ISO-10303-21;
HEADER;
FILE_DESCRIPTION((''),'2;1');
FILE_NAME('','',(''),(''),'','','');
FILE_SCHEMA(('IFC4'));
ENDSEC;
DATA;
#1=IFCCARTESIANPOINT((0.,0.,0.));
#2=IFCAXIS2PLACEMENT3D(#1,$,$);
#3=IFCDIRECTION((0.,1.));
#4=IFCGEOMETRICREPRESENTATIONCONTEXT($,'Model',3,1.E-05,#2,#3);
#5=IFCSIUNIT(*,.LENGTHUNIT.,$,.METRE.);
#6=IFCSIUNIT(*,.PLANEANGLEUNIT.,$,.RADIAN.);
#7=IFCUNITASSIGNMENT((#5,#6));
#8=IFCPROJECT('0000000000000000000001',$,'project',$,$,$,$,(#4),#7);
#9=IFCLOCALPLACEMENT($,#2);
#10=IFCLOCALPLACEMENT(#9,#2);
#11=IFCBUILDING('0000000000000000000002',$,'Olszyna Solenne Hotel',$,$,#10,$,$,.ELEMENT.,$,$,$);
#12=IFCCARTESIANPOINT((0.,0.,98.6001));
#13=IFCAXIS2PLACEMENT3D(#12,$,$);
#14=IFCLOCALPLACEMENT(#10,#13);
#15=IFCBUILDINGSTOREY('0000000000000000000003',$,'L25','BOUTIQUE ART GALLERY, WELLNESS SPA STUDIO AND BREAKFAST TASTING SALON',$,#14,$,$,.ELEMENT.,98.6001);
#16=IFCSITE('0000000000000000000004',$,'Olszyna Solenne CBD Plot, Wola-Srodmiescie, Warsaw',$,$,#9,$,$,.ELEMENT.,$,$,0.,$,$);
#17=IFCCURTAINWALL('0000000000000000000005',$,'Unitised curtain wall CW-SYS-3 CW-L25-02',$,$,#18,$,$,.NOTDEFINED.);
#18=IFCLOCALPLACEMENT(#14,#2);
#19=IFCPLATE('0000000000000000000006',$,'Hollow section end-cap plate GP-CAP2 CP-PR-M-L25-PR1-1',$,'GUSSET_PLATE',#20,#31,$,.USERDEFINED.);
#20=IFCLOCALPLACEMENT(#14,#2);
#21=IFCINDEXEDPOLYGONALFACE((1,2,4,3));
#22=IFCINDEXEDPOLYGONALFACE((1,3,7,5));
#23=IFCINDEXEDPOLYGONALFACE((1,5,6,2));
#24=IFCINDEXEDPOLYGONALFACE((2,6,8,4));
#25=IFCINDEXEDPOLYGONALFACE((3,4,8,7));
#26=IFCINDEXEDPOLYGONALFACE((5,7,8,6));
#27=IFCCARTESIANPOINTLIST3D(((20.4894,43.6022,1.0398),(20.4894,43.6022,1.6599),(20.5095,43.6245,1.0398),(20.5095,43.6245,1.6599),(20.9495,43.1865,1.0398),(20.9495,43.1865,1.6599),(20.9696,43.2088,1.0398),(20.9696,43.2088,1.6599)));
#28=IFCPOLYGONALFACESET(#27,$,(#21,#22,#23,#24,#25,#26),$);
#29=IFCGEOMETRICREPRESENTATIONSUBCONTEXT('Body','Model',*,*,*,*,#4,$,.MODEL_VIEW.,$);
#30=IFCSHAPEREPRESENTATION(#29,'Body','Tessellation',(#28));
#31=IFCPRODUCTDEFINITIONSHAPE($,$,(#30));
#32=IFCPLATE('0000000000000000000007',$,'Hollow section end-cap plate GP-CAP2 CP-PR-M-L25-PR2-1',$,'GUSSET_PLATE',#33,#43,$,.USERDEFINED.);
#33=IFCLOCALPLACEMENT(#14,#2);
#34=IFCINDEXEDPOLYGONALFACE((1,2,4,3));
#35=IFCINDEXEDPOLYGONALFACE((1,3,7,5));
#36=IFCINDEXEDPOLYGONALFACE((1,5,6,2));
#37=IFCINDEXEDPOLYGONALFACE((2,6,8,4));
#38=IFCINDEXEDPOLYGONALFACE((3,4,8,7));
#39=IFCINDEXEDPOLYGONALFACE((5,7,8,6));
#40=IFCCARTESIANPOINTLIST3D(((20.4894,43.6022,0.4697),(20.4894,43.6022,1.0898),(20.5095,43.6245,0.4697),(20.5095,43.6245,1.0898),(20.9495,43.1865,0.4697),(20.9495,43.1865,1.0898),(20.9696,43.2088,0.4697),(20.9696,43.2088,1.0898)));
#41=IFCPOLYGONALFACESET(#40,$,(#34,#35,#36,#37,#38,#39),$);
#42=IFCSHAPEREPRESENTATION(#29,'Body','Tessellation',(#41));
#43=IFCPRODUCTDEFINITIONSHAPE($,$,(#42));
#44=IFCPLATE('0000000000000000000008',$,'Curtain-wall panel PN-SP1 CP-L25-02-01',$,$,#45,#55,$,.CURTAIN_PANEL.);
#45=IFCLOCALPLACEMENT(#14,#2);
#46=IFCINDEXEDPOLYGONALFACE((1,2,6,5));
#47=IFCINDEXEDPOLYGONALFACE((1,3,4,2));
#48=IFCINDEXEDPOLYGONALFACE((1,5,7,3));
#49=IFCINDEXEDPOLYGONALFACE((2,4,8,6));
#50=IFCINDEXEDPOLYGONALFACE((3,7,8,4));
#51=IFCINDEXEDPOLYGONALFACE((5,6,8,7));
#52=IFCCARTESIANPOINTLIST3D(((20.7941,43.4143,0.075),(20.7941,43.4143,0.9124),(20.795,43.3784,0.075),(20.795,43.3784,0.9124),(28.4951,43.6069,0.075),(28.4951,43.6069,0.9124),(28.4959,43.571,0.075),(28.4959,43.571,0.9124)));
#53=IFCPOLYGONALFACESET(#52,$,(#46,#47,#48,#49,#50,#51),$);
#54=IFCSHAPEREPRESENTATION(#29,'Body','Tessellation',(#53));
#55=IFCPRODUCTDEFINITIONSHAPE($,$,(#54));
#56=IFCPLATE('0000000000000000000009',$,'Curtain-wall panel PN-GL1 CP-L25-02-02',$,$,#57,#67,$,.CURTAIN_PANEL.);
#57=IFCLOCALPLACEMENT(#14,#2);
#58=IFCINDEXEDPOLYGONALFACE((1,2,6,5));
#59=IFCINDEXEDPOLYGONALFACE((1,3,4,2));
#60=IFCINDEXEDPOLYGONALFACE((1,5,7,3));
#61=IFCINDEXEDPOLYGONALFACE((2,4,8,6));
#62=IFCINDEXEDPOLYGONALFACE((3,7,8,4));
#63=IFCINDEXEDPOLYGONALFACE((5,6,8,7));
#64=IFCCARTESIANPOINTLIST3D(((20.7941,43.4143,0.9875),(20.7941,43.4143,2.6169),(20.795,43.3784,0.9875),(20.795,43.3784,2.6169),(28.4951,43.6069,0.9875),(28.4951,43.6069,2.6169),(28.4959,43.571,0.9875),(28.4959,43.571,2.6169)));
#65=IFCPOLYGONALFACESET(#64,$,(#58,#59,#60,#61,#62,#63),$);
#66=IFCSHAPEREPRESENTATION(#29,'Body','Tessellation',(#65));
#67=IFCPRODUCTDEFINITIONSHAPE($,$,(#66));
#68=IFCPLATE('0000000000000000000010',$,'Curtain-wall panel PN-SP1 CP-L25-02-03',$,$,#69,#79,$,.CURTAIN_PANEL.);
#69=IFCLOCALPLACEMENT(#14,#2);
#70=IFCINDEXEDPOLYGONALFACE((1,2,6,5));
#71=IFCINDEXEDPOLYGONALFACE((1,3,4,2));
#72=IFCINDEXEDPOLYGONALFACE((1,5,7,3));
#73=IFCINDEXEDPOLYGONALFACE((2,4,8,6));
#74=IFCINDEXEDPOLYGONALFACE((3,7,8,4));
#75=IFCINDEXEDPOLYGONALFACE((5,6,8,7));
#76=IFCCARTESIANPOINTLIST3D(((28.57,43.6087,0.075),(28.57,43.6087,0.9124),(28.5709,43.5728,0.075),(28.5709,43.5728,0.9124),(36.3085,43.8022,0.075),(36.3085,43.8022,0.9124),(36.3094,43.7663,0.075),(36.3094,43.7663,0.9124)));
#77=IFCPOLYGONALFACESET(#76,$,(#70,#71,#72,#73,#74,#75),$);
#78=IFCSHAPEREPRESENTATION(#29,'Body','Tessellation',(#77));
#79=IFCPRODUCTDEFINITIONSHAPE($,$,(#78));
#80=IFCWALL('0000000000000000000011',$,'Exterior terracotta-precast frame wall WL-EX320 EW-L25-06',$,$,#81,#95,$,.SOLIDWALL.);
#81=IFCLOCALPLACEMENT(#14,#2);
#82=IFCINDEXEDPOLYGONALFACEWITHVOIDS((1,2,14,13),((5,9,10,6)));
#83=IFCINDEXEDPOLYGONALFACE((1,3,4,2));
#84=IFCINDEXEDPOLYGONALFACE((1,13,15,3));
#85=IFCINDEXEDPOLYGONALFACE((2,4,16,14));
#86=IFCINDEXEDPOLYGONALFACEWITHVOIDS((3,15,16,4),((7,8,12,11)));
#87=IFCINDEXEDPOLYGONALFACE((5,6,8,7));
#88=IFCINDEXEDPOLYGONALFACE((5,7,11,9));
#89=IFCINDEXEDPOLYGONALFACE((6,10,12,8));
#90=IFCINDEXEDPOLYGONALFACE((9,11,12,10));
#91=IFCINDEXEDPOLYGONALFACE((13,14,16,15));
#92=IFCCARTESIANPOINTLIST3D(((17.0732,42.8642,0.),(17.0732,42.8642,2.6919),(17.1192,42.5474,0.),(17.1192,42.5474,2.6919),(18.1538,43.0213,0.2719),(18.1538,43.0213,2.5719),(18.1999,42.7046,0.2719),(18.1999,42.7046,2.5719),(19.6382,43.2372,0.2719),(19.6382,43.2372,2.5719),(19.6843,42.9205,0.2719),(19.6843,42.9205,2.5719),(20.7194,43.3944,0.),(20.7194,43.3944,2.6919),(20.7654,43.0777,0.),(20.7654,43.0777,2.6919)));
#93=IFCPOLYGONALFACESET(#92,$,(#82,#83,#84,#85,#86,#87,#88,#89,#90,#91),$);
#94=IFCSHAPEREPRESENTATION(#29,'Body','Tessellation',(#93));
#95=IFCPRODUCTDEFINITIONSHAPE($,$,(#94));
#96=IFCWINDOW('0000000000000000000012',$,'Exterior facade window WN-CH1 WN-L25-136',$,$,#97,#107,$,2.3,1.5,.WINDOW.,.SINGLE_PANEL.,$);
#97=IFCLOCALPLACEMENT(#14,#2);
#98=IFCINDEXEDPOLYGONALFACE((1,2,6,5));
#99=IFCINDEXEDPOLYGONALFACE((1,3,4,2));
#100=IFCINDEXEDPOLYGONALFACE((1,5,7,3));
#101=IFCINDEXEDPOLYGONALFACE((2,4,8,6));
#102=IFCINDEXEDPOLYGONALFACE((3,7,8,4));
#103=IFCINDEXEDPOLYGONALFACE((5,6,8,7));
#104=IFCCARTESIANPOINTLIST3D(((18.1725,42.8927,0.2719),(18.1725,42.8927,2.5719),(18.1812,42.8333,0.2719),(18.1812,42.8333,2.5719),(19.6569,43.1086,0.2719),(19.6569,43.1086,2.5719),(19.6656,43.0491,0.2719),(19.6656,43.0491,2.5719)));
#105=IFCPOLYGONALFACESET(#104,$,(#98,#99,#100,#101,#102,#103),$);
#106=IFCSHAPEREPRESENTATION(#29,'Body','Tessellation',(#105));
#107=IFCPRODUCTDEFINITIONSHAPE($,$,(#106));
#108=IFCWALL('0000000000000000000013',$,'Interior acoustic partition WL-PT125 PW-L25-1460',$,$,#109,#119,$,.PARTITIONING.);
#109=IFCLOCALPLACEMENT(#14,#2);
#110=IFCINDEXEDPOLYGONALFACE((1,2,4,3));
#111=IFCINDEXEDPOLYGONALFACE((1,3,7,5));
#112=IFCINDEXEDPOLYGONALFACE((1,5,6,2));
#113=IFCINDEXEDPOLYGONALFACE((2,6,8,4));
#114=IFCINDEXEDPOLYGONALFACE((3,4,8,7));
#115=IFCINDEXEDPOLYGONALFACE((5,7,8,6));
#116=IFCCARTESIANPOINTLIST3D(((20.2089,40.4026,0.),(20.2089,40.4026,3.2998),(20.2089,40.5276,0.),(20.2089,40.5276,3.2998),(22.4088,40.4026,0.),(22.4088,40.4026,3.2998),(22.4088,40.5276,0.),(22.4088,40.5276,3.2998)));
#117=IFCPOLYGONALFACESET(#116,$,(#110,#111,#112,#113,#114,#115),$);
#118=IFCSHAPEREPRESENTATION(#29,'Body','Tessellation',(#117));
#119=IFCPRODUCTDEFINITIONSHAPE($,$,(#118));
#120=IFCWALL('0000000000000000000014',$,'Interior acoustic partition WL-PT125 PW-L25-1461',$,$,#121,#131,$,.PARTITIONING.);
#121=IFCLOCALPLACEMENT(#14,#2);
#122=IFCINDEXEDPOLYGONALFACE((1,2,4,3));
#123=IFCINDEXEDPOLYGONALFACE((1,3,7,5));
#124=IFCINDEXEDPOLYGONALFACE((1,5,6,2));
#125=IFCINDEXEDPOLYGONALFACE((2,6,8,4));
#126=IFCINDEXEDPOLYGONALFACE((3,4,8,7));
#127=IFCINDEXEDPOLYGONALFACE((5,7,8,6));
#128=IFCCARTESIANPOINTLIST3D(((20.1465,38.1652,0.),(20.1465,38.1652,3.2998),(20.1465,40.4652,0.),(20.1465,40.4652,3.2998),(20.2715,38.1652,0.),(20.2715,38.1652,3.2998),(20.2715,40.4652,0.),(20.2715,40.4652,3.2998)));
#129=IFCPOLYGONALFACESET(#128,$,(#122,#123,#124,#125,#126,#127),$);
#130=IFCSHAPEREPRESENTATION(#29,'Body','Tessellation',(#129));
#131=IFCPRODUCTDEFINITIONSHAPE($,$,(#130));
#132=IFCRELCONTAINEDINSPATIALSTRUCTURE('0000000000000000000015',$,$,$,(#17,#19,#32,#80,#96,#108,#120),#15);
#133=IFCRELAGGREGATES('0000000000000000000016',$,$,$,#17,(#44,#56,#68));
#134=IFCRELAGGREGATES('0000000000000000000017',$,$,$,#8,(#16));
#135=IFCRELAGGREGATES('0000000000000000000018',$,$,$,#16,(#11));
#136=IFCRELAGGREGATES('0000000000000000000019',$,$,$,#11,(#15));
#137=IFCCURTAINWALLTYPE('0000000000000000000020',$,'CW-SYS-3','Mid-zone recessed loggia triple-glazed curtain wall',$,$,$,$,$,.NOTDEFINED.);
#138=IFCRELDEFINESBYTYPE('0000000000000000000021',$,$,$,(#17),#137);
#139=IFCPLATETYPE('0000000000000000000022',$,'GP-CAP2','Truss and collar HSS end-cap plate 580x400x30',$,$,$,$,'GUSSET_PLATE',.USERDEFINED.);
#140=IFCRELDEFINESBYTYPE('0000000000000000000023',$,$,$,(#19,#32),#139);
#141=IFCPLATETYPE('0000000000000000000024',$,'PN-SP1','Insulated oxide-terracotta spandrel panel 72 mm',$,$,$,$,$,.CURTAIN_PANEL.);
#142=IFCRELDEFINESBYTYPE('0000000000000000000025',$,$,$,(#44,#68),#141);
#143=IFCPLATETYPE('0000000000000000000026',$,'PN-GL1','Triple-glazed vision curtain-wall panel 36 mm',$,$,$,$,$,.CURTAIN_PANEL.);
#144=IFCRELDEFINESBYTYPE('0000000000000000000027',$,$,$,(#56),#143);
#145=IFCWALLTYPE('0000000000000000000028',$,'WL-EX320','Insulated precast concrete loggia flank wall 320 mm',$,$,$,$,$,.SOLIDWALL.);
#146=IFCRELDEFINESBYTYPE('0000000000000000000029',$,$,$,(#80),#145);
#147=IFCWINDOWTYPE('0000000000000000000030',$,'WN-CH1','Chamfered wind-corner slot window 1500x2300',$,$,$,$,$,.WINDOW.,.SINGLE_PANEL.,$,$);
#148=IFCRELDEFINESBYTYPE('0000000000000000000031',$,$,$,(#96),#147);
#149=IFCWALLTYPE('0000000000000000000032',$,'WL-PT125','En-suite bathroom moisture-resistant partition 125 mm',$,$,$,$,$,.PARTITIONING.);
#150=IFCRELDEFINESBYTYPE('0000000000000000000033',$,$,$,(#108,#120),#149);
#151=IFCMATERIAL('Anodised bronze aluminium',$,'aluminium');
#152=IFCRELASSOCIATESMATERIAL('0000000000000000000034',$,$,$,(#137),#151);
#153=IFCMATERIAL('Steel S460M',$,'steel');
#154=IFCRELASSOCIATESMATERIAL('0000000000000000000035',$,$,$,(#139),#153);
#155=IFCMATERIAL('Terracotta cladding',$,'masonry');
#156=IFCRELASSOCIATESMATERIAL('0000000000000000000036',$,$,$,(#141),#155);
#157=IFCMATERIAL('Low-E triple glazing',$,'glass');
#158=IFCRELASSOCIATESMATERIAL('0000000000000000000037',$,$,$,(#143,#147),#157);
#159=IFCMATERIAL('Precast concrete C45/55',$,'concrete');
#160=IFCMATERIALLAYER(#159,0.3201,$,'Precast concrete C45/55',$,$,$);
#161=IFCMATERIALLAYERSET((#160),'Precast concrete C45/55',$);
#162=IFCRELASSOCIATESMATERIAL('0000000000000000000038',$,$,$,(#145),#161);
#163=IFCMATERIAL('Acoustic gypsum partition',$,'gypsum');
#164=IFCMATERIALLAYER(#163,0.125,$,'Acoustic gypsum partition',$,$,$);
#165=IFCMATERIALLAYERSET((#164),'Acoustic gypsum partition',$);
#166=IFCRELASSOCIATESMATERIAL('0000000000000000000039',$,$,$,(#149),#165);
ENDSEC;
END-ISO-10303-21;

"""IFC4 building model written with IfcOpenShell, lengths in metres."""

from ifc_helpers import new_model, si_unit, direction, frame, frame_2d, origin, origin_2d, place, context, subcontext, project, spatial, rectangle, extrude, source, transform, mapped, material, layer, layer_set, type_object, type_shapes, element, fill, aggregate, save


model = new_model("IFC4")

# Units and contexts
model_context = context("Model", 3, precision=1e-05, world=origin(), true_north=direction((0.0, 1.0)))
body_context = subcontext(model_context, "Body", "Model", "MODEL_VIEW")
ifc_project = project(units=[si_unit("LENGTHUNIT", "METRE"), si_unit("PLANEANGLEUNIT", "RADIAN")], contexts=[model_context])

# Site, building, storey
site_placement = place(None, origin())
site = spatial("IfcSite", under=ifc_project, at=site_placement, Name="Olszyna Solenne CBD Plot, Wola-Srodmiescie, Warsaw", CompositionType="ELEMENT", RefElevation=0.0)
building_placement = place(site_placement, origin())
building = spatial("IfcBuilding", under=site, at=building_placement, Name="Olszyna Solenne Hotel", CompositionType="ELEMENT")
storey_placement = place(building_placement, frame((0.0, 0.0, 98.6001)))
storey = spatial("IfcBuildingStorey", under=building, at=storey_placement, Name="L25", Description="BOUTIQUE ART GALLERY, WELLNESS SPA STUDIO AND BREAKFAST TASTING SALON", CompositionType="ELEMENT", Elevation=98.6001)

# Shared definitions
ifc_material_1 = material(Name="Steel S460M", Category="steel")

# Curtain wall
ifc_material_2 = material(Name="Anodised bronze aluminium", Category="aluminium")
curtain_wall_type = type_object("IfcCurtainWallType", Name="CW-SYS-3", Description="Mid-zone recessed loggia triple-glazed curtain wall", PredefinedType="NOTDEFINED", material=ifc_material_2)
curtain_wall_placement = place(storey_placement, origin())
curtain_wall = element("IfcCurtainWall", 1, at=curtain_wall_placement, inside=storey, type_object=curtain_wall_type, Name="Unitised curtain wall CW-SYS-3 CW-L25-02", PredefinedType="NOTDEFINED")

# Plates
plate_type_1 = type_object("IfcPlateType", Name="GP-CAP2", Description="Truss and collar HSS end-cap plate 580x400x30", ElementType="GUSSET_PLATE", PredefinedType="USERDEFINED", material=ifc_material_1)
shared_shape_1 = source(origin(), body_context, "Body", "SweptSolid", [
    extrude(rectangle(XDim=0.03, YDim=0.6201, at=origin_2d()), origin(), (0.0, 0.0, 1.0), 0.6201),
])
for number, where, z_axis, x_axis, name in (
    (2, (20.7295, 43.4055, 1.0398), (0.0, 0.0, 1.0), (-0.670427, -0.741976, 0.0), "Hollow section end-cap plate GP-CAP2 CP-PR-M-L25-PR1-1"),
    (3, (20.7295, 43.4055, 0.4697), (0.0, 0.0, 1.0), (-0.670427, -0.741976, 0.0), "Hollow section end-cap plate GP-CAP2 CP-PR-M-L25-PR2-1"),
):
    element("IfcPlate", number, at=place(storey_placement, frame(where, z_axis=z_axis, x_axis=x_axis)), inside=storey, type_object=plate_type_1, Name=name, ObjectType="GUSSET_PLATE", PredefinedType="USERDEFINED", context=body_context, shape_type="MappedRepresentation", body=[
        mapped(shared_shape_1, transform((0.0, 0.0, 0.0), x_axis=(1.0, 0.0, 0.0), y_axis=(0.0, 1.0, 0.0), z_axis=(0.0, 0.0, 1.0), scale=1.0)),
    ])

# Plates
ifc_material_3 = material(Name="Terracotta cladding", Category="masonry")
plate_type_2 = type_object("IfcPlateType", Name="PN-SP1", Description="Insulated oxide-terracotta spandrel panel 72 mm", PredefinedType="CURTAIN_PANEL", material=ifc_material_3)
shared_shape_2 = source(origin(), body_context, "Body", "SweptSolid", [
    extrude(rectangle(XDim=7.7034, YDim=0.0359, at=origin_2d()), origin(), (0.0, 0.0, 1.0), 0.8374),
])
plate_1_placement = place(storey_placement, frame((24.645, 43.4927, 0.075), z_axis=(0.0, 0.0, 1.0), x_axis=(0.999687, 0.025, 0.0)))
plate_1 = element("IfcPlate", 4, at=plate_1_placement, type_object=plate_type_2, Name="Curtain-wall panel PN-SP1 CP-L25-02-01", PredefinedType="CURTAIN_PANEL", context=body_context, shape_type="MappedRepresentation", body=[
    mapped(shared_shape_2, transform((0.0, 0.0, 0.0), x_axis=(1.0, 0.0, 0.0), y_axis=(0.0, 1.0, 0.0), z_axis=(0.0, 0.0, 1.0), scale=1.0)),
])
ifc_material_4 = material(Name="Low-E triple glazing", Category="glass")
plate_type_3 = type_object("IfcPlateType", Name="PN-GL1", Description="Triple-glazed vision curtain-wall panel 36 mm", PredefinedType="CURTAIN_PANEL", material=ifc_material_4)
shared_shape_3 = source(origin(), body_context, "Body", "SweptSolid", [
    extrude(rectangle(XDim=7.7034, YDim=0.0359, at=origin_2d()), origin(), (0.0, 0.0, 1.0), 1.6294),
])
plate_2_placement = place(storey_placement, frame((24.645, 43.4927, 0.9875), z_axis=(0.0, 0.0, 1.0), x_axis=(0.999687, 0.025, 0.0)))
plate_2 = element("IfcPlate", 5, at=plate_2_placement, type_object=plate_type_3, Name="Curtain-wall panel PN-GL1 CP-L25-02-02", PredefinedType="CURTAIN_PANEL", context=body_context, shape_type="MappedRepresentation", body=[
    mapped(shared_shape_3, transform((0.0, 0.0, 0.0), x_axis=(1.0, 0.0, 0.0), y_axis=(0.0, 1.0, 0.0), z_axis=(0.0, 0.0, 1.0), scale=1.0)),
])
shared_shape_4 = source(origin(), body_context, "Body", "SweptSolid", [
    extrude(rectangle(XDim=7.741, YDim=0.0359, at=origin_2d()), origin(), (0.0, 0.0, 1.0), 0.8374),
])
plate_3_placement = place(storey_placement, frame((32.4397, 43.6875, 0.075), z_axis=(0.0, 0.0, 1.0), x_axis=(0.999687, 0.025, 0.0)))
plate_3 = element("IfcPlate", 6, at=plate_3_placement, type_object=plate_type_2, Name="Curtain-wall panel PN-SP1 CP-L25-02-03", PredefinedType="CURTAIN_PANEL", context=body_context, shape_type="MappedRepresentation", body=[
    mapped(shared_shape_4, transform((0.0, 0.0, 0.0), x_axis=(1.0, 0.0, 0.0), y_axis=(0.0, 1.0, 0.0), z_axis=(0.0, 0.0, 1.0), scale=1.0)),
])
aggregate(curtain_wall, [plate_1, plate_2, plate_3])

# Wall, opening, window
ifc_material_5 = material(Name="Precast concrete C45/55", Category="concrete")
ifc_layer_1 = layer(ifc_material_5, 0.3201, Name="Precast concrete C45/55")
ifc_layer_set_1 = layer_set([ifc_layer_1], Name="Precast concrete C45/55")
wall_type_1 = type_object("IfcWallType", Name="WL-EX320", Description="Insulated precast concrete loggia flank wall 320 mm", PredefinedType="SOLIDWALL", material=ifc_layer_set_1)
wall_1_placement = place(storey_placement, frame((17.0962, 42.7058, 0.0), z_axis=(0.0, 0.0, 1.0), x_axis=(0.98959, 0.143916, 0.0)))
wall_1 = element("IfcWall", 7, at=wall_1_placement, inside=storey, type_object=wall_type_1, Name="Exterior terracotta-precast frame wall WL-EX320 EW-L25-06", PredefinedType="SOLIDWALL", context=body_context, shape_type="SweptSolid", body=[
    extrude(rectangle(XDim=3.6846, YDim=0.3201, at=frame_2d((1.8423, 0.0))), origin(), (0.0, 0.0, 1.0), 2.6919),
])
opening_placement = place(wall_1_placement, frame((1.092, 0.0, 0.272)))
opening = element("IfcOpeningElement", 8, at=opening_placement, cuts=wall_1, PredefinedType="OPENING", context=body_context, shape_type="SweptSolid", body=[
    extrude(rectangle(XDim=1.5, YDim=2.3, at=frame_2d((0.75, 1.1499))), frame((0.0, 0.1699, 0.0), z_axis=(0.0, -1.0, 0.0), x_axis=(1.0, 0.0, 0.0)), (0.0, 0.0, 1.0), 0.3401),
])
window_type = type_object("IfcWindowType", Name="WN-CH1", Description="Chamfered wind-corner slot window 1500x2300", PartitioningType="SINGLE_PANEL", PredefinedType="WINDOW", material=ifc_material_4)
shared_shape_5 = source(origin(), body_context, "Body", "SweptSolid", [
    extrude(rectangle(XDim=1.5, YDim=2.3, at=frame_2d((0.75, 1.1499))), frame((0.0, 0.03, 0.0), z_axis=(0.0, -1.0, 0.0), x_axis=(1.0, 0.0, 0.0)), (0.0, 0.0, 1.0), 0.0601),
])
type_shapes(window_type, [shared_shape_5])
window_placement = place(opening_placement, origin())
window = element("IfcWindow", 9, at=window_placement, inside=storey, type_object=window_type, Name="Exterior facade window WN-CH1 WN-L25-136", OverallHeight=2.3, OverallWidth=1.5, PartitioningType="SINGLE_PANEL", PredefinedType="WINDOW", context=body_context, shape_type="MappedRepresentation", body=[
    mapped(shared_shape_5, transform((0.0, 0.0, 0.0), x_axis=(1.0, 0.0, 0.0), y_axis=(0.0, 1.0, 0.0), z_axis=(0.0, 0.0, 1.0), scale=1.0)),
])
fill(opening, window)

# Walls
ifc_material_6 = material(Name="Acoustic gypsum partition", Category="gypsum")
ifc_layer_2 = layer(ifc_material_6, 0.125, Name="Acoustic gypsum partition")
ifc_layer_set_2 = layer_set([ifc_layer_2], Name="Acoustic gypsum partition")
wall_type_2 = type_object("IfcWallType", Name="WL-PT125", Description="En-suite bathroom moisture-resistant partition 125 mm", PredefinedType="PARTITIONING", material=ifc_layer_set_2)
wall_2_placement = place(storey_placement, frame((22.4089, 40.4651, 0.0), z_axis=(0.0, 0.0, 1.0), x_axis=(-1.0, 0.0, 0.0)))
element("IfcWall", 10, at=wall_2_placement, inside=storey, type_object=wall_type_2, Name="Interior acoustic partition WL-PT125 PW-L25-1460", PredefinedType="PARTITIONING", context=body_context, shape_type="SweptSolid", body=[
    extrude(rectangle(XDim=2.2, YDim=0.125, at=frame_2d((1.1001, 0.0))), origin(), (0.0, 0.0, 1.0), 3.2998),
])
wall_3_placement = place(storey_placement, frame((20.209, 40.4651, 0.0), z_axis=(0.0, 0.0, 1.0), x_axis=(0.0, -1.0, 0.0)))
element("IfcWall", 11, at=wall_3_placement, inside=storey, type_object=wall_type_2, Name="Interior acoustic partition WL-PT125 PW-L25-1461", PredefinedType="PARTITIONING", context=body_context, shape_type="SweptSolid", body=[
    extrude(rectangle(XDim=2.3, YDim=0.125, at=frame_2d((1.1499, 0.0))), origin(), (0.0, 0.0, 1.0), 3.2998),
])

save(model, "model.ifc")
